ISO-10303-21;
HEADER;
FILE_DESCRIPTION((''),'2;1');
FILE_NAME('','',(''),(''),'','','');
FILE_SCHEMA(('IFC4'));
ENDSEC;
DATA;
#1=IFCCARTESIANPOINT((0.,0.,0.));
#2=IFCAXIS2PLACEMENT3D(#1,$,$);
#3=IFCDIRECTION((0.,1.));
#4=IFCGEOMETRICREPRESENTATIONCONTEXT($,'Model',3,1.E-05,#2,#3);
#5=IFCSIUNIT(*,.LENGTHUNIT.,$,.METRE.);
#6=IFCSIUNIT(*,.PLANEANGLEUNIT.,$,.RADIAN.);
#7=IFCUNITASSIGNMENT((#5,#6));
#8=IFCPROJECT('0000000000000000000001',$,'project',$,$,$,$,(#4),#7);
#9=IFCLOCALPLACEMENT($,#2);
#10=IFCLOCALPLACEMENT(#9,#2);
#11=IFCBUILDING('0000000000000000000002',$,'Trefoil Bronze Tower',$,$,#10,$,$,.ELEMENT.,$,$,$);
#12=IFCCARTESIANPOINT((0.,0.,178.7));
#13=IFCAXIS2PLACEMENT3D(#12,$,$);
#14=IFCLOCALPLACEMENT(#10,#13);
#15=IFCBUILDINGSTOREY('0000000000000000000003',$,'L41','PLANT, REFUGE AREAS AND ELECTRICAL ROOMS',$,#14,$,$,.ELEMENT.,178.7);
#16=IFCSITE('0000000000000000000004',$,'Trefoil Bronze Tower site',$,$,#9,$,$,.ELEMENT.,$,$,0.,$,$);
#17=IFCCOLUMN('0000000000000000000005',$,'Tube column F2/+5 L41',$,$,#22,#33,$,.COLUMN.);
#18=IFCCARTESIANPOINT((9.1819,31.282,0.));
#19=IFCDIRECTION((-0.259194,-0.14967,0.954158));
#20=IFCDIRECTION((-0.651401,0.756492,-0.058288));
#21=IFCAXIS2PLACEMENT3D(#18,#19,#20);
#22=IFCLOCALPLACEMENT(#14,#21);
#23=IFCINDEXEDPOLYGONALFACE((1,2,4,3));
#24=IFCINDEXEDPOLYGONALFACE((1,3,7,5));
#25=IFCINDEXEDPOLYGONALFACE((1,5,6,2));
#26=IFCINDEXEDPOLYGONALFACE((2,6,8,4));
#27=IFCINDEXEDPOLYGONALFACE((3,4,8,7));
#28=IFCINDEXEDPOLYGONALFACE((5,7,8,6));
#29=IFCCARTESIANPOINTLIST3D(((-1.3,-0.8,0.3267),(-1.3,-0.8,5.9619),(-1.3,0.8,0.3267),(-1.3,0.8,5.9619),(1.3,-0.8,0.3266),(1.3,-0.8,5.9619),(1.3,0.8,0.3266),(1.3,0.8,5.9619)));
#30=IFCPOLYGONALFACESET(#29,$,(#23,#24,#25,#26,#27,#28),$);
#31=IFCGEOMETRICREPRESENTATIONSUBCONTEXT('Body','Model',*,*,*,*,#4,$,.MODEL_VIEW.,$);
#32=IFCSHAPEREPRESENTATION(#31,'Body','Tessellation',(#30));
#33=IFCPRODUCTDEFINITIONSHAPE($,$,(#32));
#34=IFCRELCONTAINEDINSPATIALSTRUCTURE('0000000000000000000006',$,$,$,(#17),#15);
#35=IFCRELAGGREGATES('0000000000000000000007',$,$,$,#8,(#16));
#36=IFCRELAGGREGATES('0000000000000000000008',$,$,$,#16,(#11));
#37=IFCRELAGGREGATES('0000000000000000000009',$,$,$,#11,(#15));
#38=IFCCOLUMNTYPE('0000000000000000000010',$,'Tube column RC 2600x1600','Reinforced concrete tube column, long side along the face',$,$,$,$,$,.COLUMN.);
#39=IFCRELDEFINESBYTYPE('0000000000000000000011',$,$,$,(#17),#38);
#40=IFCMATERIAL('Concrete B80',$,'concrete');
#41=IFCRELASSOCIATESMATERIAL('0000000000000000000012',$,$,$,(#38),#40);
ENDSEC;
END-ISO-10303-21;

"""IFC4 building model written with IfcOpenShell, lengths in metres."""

from ifc_helpers import new_model, si_unit, direction, frame, origin, origin_2d, place, context, subcontext, project, spatial, rectangle, extrude, clip, halfspace, material, material_profile, profile_set, type_object, element, save


model = new_model("IFC4")

# Units and contexts
model_context = context("Model", 3, precision=1e-05, world=origin(), true_north=direction((0.0, 1.0)))
body_context = subcontext(model_context, "Body", "Model", "MODEL_VIEW")
ifc_project = project(units=[si_unit("LENGTHUNIT", "METRE"), si_unit("PLANEANGLEUNIT", "RADIAN")], contexts=[model_context])

# Site, building, storey
site_placement = place(None, origin())
site = spatial("IfcSite", under=ifc_project, at=site_placement, Name="Trefoil Bronze Tower site", CompositionType="ELEMENT", RefElevation=0.0)
building_placement = place(site_placement, origin())
building = spatial("IfcBuilding", under=site, at=building_placement, Name="Trefoil Bronze Tower", CompositionType="ELEMENT")
storey_placement = place(building_placement, frame((0.0, 0.0, 178.7)))
storey = spatial("IfcBuildingStorey", under=building, at=storey_placement, Name="L41", Description="PLANT, REFUGE AREAS AND ELECTRICAL ROOMS", CompositionType="ELEMENT", Elevation=178.7)

# Column
ifc_material_1 = material(Name="Concrete B80", Category="concrete")
ifc_material_profile_1 = material_profile(ifc_material_1, rectangle(XDim=2.6001, YDim=1.6001, at=origin_2d()), Name="RC 2600x1600")
ifc_profile_set_1 = profile_set([ifc_material_profile_1], Name="Concrete B80")
column_type = type_object("IfcColumnType", Name="Tube column RC 2600x1600", Description="Reinforced concrete tube column, long side along the face", PredefinedType="COLUMN", material=ifc_profile_set_1)
column_placement = place(storey_placement, frame((9.1819, 31.282, 0.0), z_axis=(-0.259194, -0.14967, 0.954158), x_axis=(-0.651401, 0.756492, -0.058288)))
element("IfcColumn", 1, at=column_placement, inside=storey, type_object=column_type, Name="Tube column F2/+5 L41", PredefinedType="COLUMN", context=body_context, shape_type="Clipping", body=[
    clip(clip(extrude(rectangle(XDim=2.6001, YDim=1.6001, at=origin_2d()), origin(), (0.0, 0.0, 1.0), 6.2883), halfspace(frame((0.0, 0.0, 0.3267), z_axis=(0.000019, -0.000011, 1.0), x_axis=(0.0, 1.0, 0.000011)), True)), halfspace(frame((0.0, 0.0, 5.9619), z_axis=(-0.000019, 0.000011, -1.0), x_axis=(0.0, -1.0, -0.000011)), True)),
])

save(model, "model.ifc")
